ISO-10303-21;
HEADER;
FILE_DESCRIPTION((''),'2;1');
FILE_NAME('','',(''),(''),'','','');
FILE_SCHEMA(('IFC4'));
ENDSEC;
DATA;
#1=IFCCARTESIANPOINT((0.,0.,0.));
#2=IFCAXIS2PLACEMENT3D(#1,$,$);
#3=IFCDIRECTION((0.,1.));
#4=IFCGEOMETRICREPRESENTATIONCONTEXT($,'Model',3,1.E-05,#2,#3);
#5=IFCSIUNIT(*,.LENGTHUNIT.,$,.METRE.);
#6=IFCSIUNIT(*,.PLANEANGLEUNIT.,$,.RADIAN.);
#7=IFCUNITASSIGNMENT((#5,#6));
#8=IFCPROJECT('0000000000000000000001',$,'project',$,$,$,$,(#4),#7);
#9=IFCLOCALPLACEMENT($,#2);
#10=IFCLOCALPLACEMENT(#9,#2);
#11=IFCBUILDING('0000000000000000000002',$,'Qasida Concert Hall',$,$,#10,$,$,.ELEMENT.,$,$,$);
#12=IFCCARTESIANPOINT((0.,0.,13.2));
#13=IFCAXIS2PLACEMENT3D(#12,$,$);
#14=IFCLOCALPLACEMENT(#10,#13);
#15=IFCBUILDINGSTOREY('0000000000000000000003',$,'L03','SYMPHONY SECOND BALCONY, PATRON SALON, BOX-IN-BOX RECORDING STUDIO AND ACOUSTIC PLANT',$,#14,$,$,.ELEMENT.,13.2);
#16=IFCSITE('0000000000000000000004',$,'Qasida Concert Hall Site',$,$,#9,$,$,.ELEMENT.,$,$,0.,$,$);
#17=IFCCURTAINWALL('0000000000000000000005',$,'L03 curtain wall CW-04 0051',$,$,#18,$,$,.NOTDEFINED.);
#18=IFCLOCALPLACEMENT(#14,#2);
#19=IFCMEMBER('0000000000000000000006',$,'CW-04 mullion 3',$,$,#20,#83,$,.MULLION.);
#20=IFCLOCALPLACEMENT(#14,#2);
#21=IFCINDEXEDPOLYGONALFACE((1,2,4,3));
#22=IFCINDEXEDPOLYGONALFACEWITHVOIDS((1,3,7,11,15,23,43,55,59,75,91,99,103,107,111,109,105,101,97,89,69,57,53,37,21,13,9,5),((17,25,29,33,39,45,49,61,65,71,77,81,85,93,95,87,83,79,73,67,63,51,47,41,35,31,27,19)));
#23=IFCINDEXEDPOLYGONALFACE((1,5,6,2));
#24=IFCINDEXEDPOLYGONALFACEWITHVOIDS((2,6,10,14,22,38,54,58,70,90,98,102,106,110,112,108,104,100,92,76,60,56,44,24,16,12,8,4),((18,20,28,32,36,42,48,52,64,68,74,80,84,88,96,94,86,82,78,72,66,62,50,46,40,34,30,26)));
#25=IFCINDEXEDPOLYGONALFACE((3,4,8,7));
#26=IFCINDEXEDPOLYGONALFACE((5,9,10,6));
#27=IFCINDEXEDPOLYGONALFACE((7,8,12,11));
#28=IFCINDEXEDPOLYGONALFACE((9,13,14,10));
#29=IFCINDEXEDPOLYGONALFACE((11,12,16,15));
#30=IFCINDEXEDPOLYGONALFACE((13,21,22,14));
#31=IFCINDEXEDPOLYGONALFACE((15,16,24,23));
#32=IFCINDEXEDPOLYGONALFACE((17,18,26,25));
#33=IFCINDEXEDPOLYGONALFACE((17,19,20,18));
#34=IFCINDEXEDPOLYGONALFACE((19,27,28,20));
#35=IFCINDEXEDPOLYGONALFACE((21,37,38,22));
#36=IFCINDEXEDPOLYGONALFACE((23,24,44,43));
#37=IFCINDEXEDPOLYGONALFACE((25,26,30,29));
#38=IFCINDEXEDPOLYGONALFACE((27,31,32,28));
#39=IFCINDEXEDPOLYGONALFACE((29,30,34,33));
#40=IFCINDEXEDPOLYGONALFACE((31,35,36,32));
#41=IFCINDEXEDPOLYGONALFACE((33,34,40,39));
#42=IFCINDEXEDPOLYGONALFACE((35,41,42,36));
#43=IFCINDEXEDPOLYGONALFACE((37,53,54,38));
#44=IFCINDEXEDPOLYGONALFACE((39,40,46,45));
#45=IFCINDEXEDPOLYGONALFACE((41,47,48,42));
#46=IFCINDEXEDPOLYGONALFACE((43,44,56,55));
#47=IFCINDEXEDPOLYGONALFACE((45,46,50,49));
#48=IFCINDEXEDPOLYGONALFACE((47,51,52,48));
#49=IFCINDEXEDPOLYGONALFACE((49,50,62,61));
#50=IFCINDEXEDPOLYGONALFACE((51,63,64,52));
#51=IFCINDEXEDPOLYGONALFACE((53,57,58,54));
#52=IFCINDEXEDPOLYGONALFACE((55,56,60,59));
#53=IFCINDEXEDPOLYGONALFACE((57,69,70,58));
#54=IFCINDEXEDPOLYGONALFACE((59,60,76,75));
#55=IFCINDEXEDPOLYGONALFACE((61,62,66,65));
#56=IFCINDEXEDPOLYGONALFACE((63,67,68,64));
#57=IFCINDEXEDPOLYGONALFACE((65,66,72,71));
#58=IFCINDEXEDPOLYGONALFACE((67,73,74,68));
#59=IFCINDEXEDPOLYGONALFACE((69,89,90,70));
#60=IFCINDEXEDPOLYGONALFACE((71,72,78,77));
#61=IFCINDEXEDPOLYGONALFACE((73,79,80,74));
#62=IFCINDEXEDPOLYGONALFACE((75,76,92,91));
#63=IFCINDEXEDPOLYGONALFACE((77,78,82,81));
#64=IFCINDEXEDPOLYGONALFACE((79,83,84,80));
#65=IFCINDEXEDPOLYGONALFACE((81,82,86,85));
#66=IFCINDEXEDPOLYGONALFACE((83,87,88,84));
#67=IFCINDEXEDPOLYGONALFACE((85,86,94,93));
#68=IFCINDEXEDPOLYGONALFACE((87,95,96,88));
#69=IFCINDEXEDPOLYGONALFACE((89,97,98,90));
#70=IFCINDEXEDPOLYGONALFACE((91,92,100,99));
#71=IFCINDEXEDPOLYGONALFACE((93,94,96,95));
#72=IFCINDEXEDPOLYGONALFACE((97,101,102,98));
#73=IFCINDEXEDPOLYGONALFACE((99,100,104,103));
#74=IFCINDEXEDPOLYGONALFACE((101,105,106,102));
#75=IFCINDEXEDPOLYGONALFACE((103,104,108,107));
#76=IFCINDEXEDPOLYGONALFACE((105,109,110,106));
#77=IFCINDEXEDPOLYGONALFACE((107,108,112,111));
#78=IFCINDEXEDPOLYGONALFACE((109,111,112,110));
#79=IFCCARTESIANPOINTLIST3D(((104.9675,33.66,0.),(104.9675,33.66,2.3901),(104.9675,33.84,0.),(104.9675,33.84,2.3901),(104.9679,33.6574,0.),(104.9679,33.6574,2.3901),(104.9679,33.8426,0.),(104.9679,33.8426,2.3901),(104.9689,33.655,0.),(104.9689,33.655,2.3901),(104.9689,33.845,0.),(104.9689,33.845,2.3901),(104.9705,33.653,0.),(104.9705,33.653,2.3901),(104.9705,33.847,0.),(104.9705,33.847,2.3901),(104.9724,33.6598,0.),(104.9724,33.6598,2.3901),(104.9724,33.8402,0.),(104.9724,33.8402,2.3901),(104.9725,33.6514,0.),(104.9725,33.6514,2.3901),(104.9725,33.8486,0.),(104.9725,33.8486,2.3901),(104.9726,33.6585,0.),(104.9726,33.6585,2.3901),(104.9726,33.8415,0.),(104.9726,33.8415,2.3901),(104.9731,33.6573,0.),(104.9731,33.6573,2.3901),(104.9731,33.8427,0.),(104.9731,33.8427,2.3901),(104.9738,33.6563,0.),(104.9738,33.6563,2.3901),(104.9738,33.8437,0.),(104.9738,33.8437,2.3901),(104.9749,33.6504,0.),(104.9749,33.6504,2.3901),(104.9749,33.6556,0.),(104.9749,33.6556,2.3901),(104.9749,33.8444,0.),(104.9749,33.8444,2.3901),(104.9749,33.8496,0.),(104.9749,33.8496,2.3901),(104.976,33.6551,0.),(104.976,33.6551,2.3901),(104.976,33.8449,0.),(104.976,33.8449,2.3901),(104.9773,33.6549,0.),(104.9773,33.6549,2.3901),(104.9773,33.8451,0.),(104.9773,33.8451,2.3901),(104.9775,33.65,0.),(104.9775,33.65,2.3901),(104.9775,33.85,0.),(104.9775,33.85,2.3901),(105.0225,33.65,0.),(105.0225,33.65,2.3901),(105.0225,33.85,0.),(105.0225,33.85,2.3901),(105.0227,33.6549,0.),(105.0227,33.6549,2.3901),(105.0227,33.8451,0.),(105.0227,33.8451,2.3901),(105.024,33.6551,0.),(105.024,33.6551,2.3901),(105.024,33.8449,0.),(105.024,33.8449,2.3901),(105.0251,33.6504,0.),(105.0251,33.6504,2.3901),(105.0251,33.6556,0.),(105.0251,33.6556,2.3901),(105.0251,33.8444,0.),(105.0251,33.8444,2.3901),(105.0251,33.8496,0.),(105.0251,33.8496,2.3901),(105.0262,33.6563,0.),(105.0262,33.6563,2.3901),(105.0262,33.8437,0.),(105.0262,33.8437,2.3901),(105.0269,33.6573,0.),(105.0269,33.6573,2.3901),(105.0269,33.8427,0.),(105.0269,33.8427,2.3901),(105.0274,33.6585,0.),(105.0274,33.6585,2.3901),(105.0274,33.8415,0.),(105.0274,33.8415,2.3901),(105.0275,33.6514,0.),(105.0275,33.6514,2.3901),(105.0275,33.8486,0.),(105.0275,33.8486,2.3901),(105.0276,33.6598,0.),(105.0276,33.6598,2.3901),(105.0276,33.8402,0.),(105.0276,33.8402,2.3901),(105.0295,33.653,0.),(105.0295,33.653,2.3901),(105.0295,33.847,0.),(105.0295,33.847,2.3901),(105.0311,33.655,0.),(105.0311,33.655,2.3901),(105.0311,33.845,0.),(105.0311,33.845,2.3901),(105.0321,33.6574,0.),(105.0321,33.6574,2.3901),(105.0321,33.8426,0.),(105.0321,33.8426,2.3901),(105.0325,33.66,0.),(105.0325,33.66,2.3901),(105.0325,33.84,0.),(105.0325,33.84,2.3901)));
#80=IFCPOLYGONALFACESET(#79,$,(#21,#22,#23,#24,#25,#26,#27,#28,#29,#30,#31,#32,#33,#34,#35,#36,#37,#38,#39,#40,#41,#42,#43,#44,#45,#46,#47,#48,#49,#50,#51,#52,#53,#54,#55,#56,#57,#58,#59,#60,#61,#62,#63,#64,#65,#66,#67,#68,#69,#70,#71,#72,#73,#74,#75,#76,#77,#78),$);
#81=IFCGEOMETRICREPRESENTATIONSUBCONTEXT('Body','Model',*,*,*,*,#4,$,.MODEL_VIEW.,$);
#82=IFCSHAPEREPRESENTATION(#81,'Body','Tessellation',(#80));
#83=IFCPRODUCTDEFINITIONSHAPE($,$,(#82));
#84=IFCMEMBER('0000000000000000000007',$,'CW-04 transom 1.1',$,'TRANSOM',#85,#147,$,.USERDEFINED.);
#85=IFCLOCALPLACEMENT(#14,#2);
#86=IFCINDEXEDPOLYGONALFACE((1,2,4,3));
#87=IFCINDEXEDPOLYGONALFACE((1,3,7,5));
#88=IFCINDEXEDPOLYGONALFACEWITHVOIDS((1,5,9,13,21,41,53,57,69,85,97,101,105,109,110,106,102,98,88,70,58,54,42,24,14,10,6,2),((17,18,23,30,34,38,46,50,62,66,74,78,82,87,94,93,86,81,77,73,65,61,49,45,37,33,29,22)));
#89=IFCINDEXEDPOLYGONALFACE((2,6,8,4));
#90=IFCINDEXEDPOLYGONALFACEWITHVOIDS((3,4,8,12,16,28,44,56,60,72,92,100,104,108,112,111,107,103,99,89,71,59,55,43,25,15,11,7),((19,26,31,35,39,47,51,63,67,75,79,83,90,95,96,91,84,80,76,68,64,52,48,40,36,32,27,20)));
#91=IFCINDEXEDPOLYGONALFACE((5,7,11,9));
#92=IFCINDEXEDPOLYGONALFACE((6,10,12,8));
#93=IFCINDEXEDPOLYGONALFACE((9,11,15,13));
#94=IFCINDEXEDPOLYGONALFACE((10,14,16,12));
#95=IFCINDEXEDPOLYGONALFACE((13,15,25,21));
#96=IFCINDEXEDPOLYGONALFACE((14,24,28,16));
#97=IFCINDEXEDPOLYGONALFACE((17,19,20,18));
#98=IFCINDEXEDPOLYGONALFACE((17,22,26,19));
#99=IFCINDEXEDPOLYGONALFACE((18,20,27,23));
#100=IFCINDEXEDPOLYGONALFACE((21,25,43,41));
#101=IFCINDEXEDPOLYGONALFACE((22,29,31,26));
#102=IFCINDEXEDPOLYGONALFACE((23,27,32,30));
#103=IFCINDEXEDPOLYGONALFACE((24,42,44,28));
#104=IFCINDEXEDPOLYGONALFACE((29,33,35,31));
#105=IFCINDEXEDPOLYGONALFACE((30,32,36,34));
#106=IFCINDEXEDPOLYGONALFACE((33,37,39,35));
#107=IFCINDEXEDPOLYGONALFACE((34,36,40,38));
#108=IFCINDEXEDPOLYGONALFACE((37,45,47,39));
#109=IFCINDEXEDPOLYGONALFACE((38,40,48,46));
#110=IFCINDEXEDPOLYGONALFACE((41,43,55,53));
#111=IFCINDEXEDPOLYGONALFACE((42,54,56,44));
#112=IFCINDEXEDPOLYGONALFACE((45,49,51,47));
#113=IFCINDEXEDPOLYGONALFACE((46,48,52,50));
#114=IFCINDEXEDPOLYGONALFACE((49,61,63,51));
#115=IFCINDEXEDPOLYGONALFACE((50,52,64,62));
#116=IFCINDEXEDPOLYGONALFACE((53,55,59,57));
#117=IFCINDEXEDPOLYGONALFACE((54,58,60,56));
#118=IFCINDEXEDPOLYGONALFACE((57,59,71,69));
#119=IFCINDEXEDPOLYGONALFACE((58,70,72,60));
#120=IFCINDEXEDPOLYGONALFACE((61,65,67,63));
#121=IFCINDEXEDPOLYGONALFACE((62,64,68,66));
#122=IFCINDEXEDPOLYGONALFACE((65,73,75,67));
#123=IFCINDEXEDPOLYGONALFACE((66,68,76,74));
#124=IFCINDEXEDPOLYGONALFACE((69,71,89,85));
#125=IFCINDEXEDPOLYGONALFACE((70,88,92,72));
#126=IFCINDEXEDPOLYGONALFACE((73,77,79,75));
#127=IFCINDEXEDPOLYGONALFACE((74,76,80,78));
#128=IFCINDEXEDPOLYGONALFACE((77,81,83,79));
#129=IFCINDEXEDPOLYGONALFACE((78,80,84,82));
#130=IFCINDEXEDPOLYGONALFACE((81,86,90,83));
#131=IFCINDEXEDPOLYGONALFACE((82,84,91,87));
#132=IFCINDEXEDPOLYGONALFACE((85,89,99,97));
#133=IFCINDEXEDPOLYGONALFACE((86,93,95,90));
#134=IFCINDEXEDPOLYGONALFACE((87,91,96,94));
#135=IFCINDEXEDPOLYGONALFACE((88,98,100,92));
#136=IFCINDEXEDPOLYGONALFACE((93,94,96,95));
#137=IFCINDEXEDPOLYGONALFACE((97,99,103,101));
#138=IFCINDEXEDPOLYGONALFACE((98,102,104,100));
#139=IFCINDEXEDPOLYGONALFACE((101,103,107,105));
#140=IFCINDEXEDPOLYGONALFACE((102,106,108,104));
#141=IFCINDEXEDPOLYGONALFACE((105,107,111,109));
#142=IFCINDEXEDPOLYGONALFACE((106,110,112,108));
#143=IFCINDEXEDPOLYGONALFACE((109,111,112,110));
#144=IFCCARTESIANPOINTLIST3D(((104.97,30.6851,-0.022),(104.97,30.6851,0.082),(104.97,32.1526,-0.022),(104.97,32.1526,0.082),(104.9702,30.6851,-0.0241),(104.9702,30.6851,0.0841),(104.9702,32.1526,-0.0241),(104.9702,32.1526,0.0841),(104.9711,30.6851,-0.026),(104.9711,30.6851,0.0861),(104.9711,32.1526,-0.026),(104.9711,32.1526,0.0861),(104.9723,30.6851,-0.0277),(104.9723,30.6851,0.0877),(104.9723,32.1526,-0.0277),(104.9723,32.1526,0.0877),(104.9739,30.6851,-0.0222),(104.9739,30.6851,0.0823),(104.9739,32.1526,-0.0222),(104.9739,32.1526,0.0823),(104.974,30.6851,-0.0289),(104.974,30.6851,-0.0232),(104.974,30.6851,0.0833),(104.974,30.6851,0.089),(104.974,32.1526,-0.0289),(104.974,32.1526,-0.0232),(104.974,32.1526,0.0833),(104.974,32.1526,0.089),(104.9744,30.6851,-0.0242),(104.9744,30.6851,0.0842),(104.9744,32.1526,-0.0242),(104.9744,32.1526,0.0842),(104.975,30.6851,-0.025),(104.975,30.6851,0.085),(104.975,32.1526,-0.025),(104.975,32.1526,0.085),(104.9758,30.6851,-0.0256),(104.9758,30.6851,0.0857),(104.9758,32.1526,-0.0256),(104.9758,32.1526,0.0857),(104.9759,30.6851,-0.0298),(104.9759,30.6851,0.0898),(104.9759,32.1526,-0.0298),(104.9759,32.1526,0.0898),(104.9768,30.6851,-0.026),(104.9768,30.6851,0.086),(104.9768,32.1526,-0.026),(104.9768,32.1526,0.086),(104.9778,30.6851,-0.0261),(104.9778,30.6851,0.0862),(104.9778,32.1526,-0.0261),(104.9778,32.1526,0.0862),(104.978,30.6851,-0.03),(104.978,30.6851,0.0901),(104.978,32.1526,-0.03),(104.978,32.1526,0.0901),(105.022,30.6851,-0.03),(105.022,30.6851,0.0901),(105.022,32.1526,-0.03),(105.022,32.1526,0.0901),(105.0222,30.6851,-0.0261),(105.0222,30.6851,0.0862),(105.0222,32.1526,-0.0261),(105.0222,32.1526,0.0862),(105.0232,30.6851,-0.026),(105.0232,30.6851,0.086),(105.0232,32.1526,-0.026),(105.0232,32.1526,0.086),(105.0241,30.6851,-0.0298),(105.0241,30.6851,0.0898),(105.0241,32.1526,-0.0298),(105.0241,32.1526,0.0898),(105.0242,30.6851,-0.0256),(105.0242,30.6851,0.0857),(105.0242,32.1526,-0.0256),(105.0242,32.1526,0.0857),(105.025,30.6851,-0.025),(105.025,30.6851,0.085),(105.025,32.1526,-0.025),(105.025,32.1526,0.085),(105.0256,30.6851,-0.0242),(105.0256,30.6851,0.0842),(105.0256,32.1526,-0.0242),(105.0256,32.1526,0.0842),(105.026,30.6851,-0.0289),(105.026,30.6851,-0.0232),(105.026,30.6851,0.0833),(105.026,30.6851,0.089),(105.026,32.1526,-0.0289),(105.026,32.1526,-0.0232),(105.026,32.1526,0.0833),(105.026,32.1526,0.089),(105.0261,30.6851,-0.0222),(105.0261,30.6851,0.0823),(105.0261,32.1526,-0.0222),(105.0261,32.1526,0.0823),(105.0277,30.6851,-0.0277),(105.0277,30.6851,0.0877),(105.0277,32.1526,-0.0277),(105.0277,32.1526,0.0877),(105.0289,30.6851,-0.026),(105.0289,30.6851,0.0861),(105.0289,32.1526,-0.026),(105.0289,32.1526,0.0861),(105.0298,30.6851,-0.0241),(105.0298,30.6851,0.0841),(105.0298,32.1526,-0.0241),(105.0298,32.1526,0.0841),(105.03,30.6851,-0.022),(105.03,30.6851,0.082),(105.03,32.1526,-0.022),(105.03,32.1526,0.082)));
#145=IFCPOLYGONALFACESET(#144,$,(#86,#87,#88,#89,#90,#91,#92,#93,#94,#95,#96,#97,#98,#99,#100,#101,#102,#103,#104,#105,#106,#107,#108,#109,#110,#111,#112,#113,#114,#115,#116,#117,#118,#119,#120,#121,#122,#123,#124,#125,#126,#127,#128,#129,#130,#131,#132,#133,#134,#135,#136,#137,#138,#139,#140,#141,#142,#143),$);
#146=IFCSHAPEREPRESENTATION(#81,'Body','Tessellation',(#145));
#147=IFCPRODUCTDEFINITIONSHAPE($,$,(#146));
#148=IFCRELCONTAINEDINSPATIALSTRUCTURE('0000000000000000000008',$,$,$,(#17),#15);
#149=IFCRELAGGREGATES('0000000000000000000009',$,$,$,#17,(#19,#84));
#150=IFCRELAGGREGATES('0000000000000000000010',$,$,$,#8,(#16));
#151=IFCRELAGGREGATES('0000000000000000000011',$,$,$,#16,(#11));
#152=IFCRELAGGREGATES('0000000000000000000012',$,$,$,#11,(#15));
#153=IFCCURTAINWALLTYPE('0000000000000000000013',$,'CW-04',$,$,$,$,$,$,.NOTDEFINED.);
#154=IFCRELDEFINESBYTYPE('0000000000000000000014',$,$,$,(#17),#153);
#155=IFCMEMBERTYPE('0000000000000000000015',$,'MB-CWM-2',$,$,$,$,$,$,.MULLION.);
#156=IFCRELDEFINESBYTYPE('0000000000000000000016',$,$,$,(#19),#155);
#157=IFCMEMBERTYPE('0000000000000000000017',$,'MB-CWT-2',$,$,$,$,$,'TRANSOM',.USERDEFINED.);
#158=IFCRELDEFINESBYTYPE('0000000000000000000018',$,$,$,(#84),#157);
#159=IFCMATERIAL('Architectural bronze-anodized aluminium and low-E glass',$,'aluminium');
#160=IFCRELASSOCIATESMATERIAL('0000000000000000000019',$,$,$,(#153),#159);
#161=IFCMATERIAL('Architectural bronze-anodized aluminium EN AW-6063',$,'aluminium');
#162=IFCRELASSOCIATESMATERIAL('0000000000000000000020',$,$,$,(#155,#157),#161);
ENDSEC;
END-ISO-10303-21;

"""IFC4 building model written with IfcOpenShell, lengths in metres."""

from ifc_helpers import new_model, si_unit, direction, frame, origin, origin_2d, place, context, subcontext, project, spatial, hollow_rectangle, extrude, material, material_profile, profile_set, type_object, element, aggregate, save


model = new_model("IFC4")

# Units and contexts
model_context = context("Model", 3, precision=1e-05, world=origin(), true_north=direction((0.0, 1.0)))
body_context = subcontext(model_context, "Body", "Model", "MODEL_VIEW")
ifc_project = project(units=[si_unit("LENGTHUNIT", "METRE"), si_unit("PLANEANGLEUNIT", "RADIAN")], contexts=[model_context])

# Site, building, storey
site_placement = place(None, origin())
site = spatial("IfcSite", under=ifc_project, at=site_placement, Name="Qasida Concert Hall Site", CompositionType="ELEMENT", RefElevation=0.0)
building_placement = place(site_placement, origin())
building = spatial("IfcBuilding", under=site, at=building_placement, Name="Qasida Concert Hall", CompositionType="ELEMENT")
storey_placement = place(building_placement, frame((0.0, 0.0, 13.2)))
storey = spatial("IfcBuildingStorey", under=building, at=storey_placement, Name="L03", Description="SYMPHONY SECOND BALCONY, PATRON SALON, BOX-IN-BOX RECORDING STUDIO AND ACOUSTIC PLANT", CompositionType="ELEMENT", Elevation=13.2)

# Curtain wall, members
ifc_material_1 = material(Name="Architectural bronze-anodized aluminium and low-E glass", Category="aluminium")
curtain_wall_type = type_object("IfcCurtainWallType", Name="CW-04", PredefinedType="NOTDEFINED", material=ifc_material_1)
curtain_wall_placement = place(storey_placement, origin())
curtain_wall = element("IfcCurtainWall", 1, at=curtain_wall_placement, inside=storey, type_object=curtain_wall_type, Name="L03 curtain wall CW-04 0051", PredefinedType="NOTDEFINED")
ifc_material_2 = material(Name="Architectural bronze-anodized aluminium EN AW-6063", Category="aluminium")
ifc_material_profile_1 = material_profile(ifc_material_2, hollow_rectangle(XDim=0.0649, YDim=0.2, WallThickness=0.0049, InnerFilletRadius=0.0049, OuterFilletRadius=0.01, at=origin_2d()), Name="CWM 200x65x5")
ifc_profile_set_1 = profile_set([ifc_material_profile_1], Name="Architectural bronze-anodized aluminium EN AW-6063")
member_type_1 = type_object("IfcMemberType", Name="MB-CWM-2", PredefinedType="MULLION", material=ifc_profile_set_1)
member_1_placement = place(storey_placement, frame((105.0, 33.75, 0.0), z_axis=(0.0, 0.0, 1.0), x_axis=(-1.0, 0.0, 0.0)))
member_1 = element("IfcMember", 2, at=member_1_placement, type_object=member_type_1, Name="CW-04 mullion 3", PredefinedType="MULLION", context=body_context, shape_type="SweptSolid", body=[
    extrude(hollow_rectangle(XDim=0.0649, YDim=0.2, WallThickness=0.0049, InnerFilletRadius=0.0049, OuterFilletRadius=0.01, at=origin_2d()), origin(), (0.0, 0.0, 1.0), 2.3901),
])
ifc_material_profile_2 = material_profile(ifc_material_2, hollow_rectangle(XDim=0.0601, YDim=0.1201, WallThickness=0.0039, InnerFilletRadius=0.0039, OuterFilletRadius=0.0081, at=origin_2d()), Name="CWT 120x60x4")
ifc_profile_set_2 = profile_set([ifc_material_profile_2], Name="Architectural bronze-anodized aluminium EN AW-6063")
member_type_2 = type_object("IfcMemberType", Name="MB-CWT-2", ElementType="TRANSOM", PredefinedType="USERDEFINED", material=ifc_profile_set_2)
member_2_placement = place(storey_placement, frame((105.0, 30.6851, 0.03), z_axis=(0.0, 1.0, 0.0), x_axis=(-1.0, 0.0, 0.0)))
member_2 = element("IfcMember", 3, at=member_2_placement, type_object=member_type_2, Name="CW-04 transom 1.1", ObjectType="TRANSOM", PredefinedType="USERDEFINED", context=body_context, shape_type="SweptSolid", body=[
    extrude(hollow_rectangle(XDim=0.0601, YDim=0.1201, WallThickness=0.0039, InnerFilletRadius=0.0039, OuterFilletRadius=0.0081, at=origin_2d()), origin(), (0.0, 0.0, 1.0), 1.4675),
])

aggregate(curtain_wall, [member_1, member_2])

save(model, "model.ifc")
